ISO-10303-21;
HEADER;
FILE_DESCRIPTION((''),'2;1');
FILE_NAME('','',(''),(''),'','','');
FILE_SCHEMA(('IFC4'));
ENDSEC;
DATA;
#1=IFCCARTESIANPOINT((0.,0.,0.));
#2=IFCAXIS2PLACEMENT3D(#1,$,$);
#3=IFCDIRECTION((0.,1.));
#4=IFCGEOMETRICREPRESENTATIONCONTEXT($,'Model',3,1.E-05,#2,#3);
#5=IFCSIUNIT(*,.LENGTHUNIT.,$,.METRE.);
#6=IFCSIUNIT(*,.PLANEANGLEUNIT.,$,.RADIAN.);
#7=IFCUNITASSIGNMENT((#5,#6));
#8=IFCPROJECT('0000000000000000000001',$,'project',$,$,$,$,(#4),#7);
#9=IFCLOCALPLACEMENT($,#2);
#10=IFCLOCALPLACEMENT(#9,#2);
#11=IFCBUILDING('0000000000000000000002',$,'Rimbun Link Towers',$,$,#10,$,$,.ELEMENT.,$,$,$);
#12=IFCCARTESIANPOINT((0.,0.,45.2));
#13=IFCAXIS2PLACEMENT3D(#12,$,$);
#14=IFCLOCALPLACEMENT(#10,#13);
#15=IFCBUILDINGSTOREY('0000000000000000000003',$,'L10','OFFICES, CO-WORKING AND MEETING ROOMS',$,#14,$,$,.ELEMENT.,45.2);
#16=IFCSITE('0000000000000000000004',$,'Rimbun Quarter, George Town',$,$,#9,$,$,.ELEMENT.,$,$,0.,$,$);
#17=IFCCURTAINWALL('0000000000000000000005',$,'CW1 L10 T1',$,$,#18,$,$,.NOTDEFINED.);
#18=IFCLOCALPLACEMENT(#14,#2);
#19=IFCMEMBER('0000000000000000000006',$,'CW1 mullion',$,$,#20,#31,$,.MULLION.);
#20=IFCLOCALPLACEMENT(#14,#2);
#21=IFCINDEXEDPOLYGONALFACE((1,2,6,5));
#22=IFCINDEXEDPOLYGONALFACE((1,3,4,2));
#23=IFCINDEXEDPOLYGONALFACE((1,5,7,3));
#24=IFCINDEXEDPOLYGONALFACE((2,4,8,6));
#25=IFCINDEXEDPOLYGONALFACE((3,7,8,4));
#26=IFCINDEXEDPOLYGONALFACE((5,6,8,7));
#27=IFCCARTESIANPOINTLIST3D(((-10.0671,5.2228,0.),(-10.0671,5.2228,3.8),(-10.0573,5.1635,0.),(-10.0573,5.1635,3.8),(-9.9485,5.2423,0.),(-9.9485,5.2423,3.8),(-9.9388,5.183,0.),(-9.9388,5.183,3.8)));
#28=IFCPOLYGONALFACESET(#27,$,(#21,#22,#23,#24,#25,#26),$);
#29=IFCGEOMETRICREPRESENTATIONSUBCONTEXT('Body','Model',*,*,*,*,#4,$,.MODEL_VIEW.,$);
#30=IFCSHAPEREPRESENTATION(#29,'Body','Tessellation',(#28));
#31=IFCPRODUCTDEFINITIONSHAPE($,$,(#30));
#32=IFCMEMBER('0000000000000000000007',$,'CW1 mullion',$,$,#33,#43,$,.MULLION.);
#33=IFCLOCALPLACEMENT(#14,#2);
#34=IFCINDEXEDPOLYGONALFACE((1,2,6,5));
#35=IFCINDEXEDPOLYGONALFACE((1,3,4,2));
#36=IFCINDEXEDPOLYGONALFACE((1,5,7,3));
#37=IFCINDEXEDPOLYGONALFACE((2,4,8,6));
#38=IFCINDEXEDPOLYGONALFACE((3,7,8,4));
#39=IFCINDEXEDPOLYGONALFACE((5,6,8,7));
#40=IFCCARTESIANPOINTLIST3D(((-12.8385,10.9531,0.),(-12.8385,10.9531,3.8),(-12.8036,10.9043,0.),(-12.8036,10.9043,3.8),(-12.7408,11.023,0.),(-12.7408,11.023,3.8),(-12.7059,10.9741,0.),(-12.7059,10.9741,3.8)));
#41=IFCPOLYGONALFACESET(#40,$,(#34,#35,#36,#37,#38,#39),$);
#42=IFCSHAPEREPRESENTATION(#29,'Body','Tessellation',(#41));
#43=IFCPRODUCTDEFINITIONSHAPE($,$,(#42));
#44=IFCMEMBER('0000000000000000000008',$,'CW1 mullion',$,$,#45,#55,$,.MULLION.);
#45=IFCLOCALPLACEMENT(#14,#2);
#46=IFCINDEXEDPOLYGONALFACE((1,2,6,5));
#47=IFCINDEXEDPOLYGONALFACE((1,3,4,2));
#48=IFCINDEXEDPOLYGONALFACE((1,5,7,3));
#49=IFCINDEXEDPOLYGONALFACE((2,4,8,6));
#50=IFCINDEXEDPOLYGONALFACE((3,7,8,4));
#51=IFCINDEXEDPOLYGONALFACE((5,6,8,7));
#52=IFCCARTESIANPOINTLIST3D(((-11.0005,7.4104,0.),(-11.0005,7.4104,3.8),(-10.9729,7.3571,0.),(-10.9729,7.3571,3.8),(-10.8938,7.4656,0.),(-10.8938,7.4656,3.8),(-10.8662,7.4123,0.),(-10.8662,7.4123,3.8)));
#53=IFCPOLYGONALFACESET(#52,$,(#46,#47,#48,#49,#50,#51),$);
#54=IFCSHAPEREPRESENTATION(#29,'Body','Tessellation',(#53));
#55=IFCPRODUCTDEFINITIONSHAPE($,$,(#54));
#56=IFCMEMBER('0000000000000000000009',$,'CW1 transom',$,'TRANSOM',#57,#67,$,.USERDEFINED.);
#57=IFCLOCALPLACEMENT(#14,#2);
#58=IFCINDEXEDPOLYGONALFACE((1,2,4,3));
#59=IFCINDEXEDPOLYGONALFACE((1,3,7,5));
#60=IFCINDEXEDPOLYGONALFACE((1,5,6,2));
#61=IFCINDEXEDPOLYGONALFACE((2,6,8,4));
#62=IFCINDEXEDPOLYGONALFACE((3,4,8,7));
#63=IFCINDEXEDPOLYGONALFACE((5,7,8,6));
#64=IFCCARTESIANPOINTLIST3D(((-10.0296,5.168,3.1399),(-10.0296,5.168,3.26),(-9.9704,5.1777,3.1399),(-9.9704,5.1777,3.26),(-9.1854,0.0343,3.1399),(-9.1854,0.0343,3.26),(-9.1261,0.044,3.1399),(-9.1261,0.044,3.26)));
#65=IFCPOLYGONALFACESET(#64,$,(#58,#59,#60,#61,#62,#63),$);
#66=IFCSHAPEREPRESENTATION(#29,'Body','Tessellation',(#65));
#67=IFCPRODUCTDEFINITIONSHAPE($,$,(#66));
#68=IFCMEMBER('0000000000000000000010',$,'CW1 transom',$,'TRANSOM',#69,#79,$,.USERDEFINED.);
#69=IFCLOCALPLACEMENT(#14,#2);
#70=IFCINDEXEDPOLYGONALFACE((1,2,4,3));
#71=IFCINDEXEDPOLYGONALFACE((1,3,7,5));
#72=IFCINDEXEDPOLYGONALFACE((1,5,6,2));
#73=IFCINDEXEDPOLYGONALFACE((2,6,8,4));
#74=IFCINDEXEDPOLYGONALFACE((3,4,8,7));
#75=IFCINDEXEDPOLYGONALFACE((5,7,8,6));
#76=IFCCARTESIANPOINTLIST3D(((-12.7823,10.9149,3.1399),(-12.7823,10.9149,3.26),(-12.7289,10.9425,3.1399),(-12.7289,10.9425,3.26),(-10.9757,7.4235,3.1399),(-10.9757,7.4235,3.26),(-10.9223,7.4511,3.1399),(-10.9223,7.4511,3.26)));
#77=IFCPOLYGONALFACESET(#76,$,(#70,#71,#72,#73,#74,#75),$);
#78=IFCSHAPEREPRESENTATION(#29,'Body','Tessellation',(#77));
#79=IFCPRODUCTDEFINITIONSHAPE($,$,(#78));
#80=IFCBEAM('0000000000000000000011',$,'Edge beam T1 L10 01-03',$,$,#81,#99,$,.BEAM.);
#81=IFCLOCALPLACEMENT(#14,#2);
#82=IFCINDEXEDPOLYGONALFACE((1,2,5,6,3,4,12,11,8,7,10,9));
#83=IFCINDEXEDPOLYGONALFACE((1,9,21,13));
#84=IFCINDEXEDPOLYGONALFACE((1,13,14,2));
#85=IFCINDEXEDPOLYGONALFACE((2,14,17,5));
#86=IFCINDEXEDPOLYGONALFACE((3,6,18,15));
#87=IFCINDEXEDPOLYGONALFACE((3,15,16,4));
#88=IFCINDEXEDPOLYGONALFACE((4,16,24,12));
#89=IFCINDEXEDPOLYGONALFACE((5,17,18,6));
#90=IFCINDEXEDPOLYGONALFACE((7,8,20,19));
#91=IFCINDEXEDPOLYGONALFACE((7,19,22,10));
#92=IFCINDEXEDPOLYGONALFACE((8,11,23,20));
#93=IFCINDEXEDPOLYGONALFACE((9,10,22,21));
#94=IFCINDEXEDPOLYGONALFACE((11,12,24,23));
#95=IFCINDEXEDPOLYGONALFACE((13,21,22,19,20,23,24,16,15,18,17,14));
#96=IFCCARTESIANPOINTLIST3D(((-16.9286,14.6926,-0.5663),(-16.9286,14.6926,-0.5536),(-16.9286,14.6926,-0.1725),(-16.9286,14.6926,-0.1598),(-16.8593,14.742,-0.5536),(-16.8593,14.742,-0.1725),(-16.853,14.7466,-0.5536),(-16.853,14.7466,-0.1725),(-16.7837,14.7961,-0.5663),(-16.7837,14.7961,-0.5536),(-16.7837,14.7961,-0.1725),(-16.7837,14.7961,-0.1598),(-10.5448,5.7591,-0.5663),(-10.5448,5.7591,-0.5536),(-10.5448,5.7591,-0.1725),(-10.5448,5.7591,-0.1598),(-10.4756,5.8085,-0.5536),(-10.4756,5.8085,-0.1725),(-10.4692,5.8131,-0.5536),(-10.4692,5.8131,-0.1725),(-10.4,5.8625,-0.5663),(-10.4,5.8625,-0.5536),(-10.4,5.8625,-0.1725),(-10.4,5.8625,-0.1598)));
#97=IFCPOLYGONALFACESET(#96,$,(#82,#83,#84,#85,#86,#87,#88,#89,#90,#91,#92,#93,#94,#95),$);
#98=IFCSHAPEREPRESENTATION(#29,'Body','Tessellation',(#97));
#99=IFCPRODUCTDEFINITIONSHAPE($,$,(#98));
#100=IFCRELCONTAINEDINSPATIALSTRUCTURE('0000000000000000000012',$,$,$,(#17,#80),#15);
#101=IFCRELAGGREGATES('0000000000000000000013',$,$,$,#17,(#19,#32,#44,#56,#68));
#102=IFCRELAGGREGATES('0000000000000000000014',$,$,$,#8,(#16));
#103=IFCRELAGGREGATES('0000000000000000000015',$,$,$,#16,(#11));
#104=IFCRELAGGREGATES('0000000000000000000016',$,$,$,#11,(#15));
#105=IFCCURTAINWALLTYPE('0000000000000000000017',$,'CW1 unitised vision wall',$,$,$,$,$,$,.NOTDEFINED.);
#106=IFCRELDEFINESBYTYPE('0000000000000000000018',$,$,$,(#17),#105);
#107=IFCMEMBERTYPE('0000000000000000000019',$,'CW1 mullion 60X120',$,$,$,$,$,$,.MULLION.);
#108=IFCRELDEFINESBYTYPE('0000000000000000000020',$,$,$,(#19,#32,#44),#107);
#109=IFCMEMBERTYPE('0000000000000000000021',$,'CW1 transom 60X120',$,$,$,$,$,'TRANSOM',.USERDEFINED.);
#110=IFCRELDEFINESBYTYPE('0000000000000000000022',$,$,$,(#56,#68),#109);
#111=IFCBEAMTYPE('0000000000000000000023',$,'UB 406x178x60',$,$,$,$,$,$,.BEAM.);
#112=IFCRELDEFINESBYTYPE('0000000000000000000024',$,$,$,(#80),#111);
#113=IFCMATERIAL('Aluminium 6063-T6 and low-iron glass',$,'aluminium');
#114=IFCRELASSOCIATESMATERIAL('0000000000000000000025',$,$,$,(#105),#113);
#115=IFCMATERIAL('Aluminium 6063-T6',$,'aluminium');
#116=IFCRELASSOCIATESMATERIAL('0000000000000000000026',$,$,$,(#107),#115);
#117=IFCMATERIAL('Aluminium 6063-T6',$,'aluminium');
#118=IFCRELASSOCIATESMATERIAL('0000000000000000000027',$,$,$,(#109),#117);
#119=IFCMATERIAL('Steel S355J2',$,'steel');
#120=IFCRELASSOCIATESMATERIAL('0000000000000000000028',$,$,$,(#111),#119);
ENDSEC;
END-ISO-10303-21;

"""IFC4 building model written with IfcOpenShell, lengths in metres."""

from ifc_helpers import new_model, si_unit, direction, frame, origin, origin_2d, place, context, subcontext, project, spatial, rectangle, i_section, extrude, material, material_profile, profile_set, type_object, element, aggregate, save


model = new_model("IFC4")

# Units and contexts
model_context = context("Model", 3, precision=1e-05, world=origin(), true_north=direction((0.0, 1.0)))
body_context = subcontext(model_context, "Body", "Model", "MODEL_VIEW")
ifc_project = project(units=[si_unit("LENGTHUNIT", "METRE"), si_unit("PLANEANGLEUNIT", "RADIAN")], contexts=[model_context])

# Site, building, storey
site_placement = place(None, origin())
site = spatial("IfcSite", under=ifc_project, at=site_placement, Name="Rimbun Quarter, George Town", CompositionType="ELEMENT", RefElevation=0.0)
building_placement = place(site_placement, origin())
building = spatial("IfcBuilding", under=site, at=building_placement, Name="Rimbun Link Towers", CompositionType="ELEMENT")
storey_placement = place(building_placement, frame((0.0, 0.0, 45.2)))
storey = spatial("IfcBuildingStorey", under=building, at=storey_placement, Name="L10", Description="OFFICES, CO-WORKING AND MEETING ROOMS", CompositionType="ELEMENT", Elevation=45.2)

# Curtain wall, members
ifc_material_1 = material(Name="Aluminium 6063-T6 and low-iron glass", Category="aluminium")
curtain_wall_type = type_object("IfcCurtainWallType", Name="CW1 unitised vision wall", PredefinedType="NOTDEFINED", material=ifc_material_1)
curtain_wall_placement = place(storey_placement, origin())
curtain_wall = element("IfcCurtainWall", 1, at=curtain_wall_placement, inside=storey, type_object=curtain_wall_type, Name="CW1 L10 T1", PredefinedType="NOTDEFINED")
ifc_material_2 = material(Name="Aluminium 6063-T6", Category="aluminium")
ifc_material_profile_1 = material_profile(ifc_material_2, rectangle(XDim=0.1201, YDim=0.0601, at=origin_2d()), Name="MULLION 60X120")
ifc_profile_set_1 = profile_set([ifc_material_profile_1], Name="Aluminium 6063-T6")
member_type_1 = type_object("IfcMemberType", Name="CW1 mullion 60X120", PredefinedType="MULLION", material=ifc_profile_set_1)
member_1_placement = place(storey_placement, frame((-10.0029, 5.2029, 0.0), z_axis=(0.0, 0.0, 1.0), x_axis=(0.986748, 0.162258, 0.0)))
member_1 = element("IfcMember", 2, at=member_1_placement, type_object=member_type_1, Name="CW1 mullion", PredefinedType="MULLION", context=body_context, shape_type="SweptSolid", body=[
    extrude(rectangle(XDim=0.1201, YDim=0.0601, at=origin_2d()), origin(), (0.0, 0.0, 1.0), 3.8),
])
member_2_placement = place(storey_placement, frame((-12.7722, 10.9636, 0.0), z_axis=(0.0, 0.0, 1.0), x_axis=(0.813349, 0.581776, 0.0)))
member_2 = element("IfcMember", 3, at=member_2_placement, type_object=member_type_1, Name="CW1 mullion", PredefinedType="MULLION", context=body_context, shape_type="SweptSolid", body=[
    extrude(rectangle(XDim=0.1201, YDim=0.0601, at=origin_2d()), origin(), (0.0, 0.0, 1.0), 3.8),
])
member_3_placement = place(storey_placement, frame((-10.9333, 7.4114, 0.0), z_axis=(0.0, 0.0, 1.0), x_axis=(0.888149, 0.459555, 0.0)))
member_3 = element("IfcMember", 4, at=member_3_placement, type_object=member_type_1, Name="CW1 mullion", PredefinedType="MULLION", context=body_context, shape_type="SweptSolid", body=[
    extrude(rectangle(XDim=0.1201, YDim=0.0601, at=origin_2d()), origin(), (0.0, 0.0, 1.0), 3.8),
])
ifc_material_3 = material(Name="Aluminium 6063-T6", Category="aluminium")
ifc_material_profile_2 = material_profile(ifc_material_3, rectangle(XDim=0.0601, YDim=0.1201, at=origin_2d()), Name="TRANSOM 60X120")
ifc_profile_set_2 = profile_set([ifc_material_profile_2], Name="Aluminium 6063-T6")
member_type_2 = type_object("IfcMemberType", Name="CW1 transom 60X120", ElementType="TRANSOM", PredefinedType="USERDEFINED", material=ifc_profile_set_2)
member_4_placement = place(storey_placement, frame((-10.0, 5.1729, 3.2), z_axis=(0.162268, -0.986747, 0.0), x_axis=(0.986747, 0.162268, 0.0)))
member_4 = element("IfcMember", 5, at=member_4_placement, type_object=member_type_2, Name="CW1 transom", ObjectType="TRANSOM", PredefinedType="USERDEFINED", context=body_context, shape_type="SweptSolid", body=[
    extrude(rectangle(XDim=0.0601, YDim=0.1201, at=origin_2d()), origin(), (0.0, 0.0, 1.0), 5.2026),
])
member_5_placement = place(storey_placement, frame((-12.7556, 10.9287, 3.2), z_axis=(0.459567, -0.888143, 0.0), x_axis=(0.888143, 0.459567, 0.0)))
member_5 = element("IfcMember", 6, at=member_5_placement, type_object=member_type_2, Name="CW1 transom", ObjectType="TRANSOM", PredefinedType="USERDEFINED", context=body_context, shape_type="SweptSolid", body=[
    extrude(rectangle(XDim=0.0601, YDim=0.1201, at=origin_2d()), origin(), (0.0, 0.0, 1.0), 3.9312),
])

# Beam
ifc_material_4 = material(Name="Steel S355J2", Category="steel")
ifc_material_profile_3 = material_profile(ifc_material_4, i_section(OverallWidth=0.178, OverallDepth=0.4065, WebThickness=0.0078, FlangeThickness=0.0127, at=origin_2d()), Name="UB 406x178x60")
ifc_profile_set_3 = profile_set([ifc_material_profile_3], Name="Steel S355J2")
beam_type = type_object("IfcBeamType", Name="UB 406x178x60", PredefinedType="BEAM", material=ifc_profile_set_3)
beam_placement = place(storey_placement, frame((-10.4724, 5.8108, -0.363), z_axis=(-0.581398, 0.813619, 0.0), x_axis=(-0.813619, -0.581398, 0.0)))
element("IfcBeam", 7, at=beam_placement, inside=storey, type_object=beam_type, Name="Edge beam T1 L10 01-03", PredefinedType="BEAM", context=body_context, shape_type="SweptSolid", body=[
    extrude(i_section(OverallWidth=0.178, OverallDepth=0.4065, WebThickness=0.0078, FlangeThickness=0.0127, at=origin_2d()), origin(), (0.0, 0.0, 1.0), 10.98),
])

aggregate(curtain_wall, [member_1, member_2, member_3, member_4, member_5])

save(model, "model.ifc")
